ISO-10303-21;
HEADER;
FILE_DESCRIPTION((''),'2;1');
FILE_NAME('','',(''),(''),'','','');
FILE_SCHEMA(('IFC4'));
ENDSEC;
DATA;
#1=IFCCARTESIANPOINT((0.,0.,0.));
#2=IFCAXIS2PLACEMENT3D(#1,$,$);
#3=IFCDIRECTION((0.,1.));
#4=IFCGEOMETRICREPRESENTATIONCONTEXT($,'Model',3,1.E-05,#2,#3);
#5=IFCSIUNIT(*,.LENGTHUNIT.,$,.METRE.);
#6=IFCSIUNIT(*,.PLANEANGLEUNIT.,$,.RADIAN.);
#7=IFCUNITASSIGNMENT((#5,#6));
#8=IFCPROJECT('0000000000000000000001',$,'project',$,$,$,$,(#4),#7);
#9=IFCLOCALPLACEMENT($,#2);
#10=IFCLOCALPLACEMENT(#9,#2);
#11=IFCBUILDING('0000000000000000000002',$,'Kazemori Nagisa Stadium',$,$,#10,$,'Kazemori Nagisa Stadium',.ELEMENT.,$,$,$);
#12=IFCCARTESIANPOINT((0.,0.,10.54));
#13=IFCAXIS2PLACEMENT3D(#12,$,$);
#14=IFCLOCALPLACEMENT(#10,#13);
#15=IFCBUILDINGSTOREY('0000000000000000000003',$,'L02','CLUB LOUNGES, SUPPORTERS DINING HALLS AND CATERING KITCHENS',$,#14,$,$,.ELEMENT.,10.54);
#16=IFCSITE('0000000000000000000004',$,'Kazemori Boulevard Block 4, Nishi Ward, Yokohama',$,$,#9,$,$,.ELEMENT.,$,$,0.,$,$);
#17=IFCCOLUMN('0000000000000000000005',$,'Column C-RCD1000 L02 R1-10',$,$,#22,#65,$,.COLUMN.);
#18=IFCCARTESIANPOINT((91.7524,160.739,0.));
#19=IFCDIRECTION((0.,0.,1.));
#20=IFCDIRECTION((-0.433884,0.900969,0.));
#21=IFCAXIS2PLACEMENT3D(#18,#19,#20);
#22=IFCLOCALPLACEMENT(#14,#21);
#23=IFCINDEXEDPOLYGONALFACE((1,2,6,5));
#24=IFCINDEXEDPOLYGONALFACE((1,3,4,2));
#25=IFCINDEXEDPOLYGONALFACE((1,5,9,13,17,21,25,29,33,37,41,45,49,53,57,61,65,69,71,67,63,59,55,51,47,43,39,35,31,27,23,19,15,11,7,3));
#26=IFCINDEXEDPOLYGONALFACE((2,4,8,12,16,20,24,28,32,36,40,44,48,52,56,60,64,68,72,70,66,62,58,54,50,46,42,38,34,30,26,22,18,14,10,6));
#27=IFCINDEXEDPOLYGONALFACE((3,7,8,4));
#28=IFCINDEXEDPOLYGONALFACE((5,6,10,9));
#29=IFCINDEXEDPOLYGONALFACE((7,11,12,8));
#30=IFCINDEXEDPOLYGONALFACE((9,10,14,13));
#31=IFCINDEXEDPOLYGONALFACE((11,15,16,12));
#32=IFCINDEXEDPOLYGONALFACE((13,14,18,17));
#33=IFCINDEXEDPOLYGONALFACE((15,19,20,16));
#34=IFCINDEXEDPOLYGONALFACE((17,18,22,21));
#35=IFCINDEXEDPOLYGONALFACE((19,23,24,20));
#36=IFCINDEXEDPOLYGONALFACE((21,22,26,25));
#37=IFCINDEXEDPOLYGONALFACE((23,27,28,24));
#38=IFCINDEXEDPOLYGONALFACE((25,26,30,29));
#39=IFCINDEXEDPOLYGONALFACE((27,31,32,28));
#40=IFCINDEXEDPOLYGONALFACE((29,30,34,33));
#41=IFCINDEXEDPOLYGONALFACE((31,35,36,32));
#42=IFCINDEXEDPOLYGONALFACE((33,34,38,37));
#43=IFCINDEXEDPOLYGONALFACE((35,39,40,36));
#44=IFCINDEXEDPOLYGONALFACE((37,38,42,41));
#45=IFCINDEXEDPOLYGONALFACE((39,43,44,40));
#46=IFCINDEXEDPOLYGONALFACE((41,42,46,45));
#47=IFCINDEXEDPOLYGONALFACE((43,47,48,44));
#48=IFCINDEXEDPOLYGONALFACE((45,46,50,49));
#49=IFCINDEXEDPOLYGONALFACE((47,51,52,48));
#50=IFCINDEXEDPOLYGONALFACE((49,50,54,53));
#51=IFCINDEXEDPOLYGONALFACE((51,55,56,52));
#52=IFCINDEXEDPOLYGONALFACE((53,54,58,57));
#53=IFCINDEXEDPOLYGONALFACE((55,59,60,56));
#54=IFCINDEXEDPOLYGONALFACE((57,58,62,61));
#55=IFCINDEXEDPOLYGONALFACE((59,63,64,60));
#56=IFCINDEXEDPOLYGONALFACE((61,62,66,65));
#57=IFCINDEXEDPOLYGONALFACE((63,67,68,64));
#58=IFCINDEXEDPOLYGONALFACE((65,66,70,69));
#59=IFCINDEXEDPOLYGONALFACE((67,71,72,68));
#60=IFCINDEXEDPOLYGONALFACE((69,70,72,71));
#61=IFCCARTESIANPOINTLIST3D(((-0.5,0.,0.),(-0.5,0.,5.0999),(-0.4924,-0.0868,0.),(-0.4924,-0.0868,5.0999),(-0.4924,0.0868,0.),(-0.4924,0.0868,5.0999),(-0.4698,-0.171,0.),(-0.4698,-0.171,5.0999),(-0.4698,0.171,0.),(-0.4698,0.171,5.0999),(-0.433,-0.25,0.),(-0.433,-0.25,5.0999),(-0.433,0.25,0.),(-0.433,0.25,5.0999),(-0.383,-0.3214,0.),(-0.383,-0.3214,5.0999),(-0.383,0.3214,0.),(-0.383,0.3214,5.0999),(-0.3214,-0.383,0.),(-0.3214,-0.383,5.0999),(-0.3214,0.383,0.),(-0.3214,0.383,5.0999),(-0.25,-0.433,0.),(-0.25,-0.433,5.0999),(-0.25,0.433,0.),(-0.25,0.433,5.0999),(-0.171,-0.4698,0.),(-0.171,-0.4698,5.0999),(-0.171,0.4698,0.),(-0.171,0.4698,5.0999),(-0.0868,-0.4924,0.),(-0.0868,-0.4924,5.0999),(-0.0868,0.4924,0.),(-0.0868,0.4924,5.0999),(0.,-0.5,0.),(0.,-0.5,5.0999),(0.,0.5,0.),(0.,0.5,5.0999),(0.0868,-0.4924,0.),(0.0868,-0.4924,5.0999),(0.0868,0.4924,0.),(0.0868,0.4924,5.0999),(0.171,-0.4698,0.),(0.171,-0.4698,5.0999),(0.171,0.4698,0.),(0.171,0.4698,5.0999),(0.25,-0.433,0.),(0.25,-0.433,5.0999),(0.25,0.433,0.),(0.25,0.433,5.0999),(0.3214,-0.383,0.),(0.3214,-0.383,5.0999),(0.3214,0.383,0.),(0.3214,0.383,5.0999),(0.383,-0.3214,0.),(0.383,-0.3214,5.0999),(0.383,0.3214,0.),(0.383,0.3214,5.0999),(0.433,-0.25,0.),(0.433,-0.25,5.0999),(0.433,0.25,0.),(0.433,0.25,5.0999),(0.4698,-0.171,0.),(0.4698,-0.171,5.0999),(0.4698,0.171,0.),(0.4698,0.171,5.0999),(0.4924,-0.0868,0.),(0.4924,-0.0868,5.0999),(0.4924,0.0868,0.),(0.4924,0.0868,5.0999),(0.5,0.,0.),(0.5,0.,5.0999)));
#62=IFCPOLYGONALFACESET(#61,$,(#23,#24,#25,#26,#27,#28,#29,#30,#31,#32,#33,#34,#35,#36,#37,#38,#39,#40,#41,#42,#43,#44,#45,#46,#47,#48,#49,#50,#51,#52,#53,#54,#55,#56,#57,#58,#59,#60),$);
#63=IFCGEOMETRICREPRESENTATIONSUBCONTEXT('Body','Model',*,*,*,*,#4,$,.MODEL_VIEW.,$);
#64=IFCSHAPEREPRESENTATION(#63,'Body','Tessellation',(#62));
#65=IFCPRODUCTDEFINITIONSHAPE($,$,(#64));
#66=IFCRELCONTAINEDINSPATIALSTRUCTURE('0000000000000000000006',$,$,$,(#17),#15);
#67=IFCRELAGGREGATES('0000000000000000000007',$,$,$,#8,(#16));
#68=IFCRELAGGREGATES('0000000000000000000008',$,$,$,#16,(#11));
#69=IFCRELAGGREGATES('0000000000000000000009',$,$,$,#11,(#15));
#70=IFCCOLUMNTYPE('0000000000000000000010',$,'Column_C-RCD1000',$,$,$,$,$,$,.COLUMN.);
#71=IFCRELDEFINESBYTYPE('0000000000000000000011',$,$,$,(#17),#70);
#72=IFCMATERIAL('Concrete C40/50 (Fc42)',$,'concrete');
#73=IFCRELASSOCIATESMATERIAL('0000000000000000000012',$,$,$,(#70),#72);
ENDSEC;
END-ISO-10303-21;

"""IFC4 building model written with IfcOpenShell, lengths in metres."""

from ifc_helpers import new_model, si_unit, direction, frame, origin, origin_2d, place, context, subcontext, project, spatial, circle, extrude, material, material_profile, profile_set, type_object, element, save


model = new_model("IFC4")

# Units and contexts
model_context = context("Model", 3, precision=1e-05, world=origin(), true_north=direction((0.0, 1.0)))
body_context = subcontext(model_context, "Body", "Model", "MODEL_VIEW")
ifc_project = project(units=[si_unit("LENGTHUNIT", "METRE"), si_unit("PLANEANGLEUNIT", "RADIAN")], contexts=[model_context])

# Site, building, storey
site_placement = place(None, origin())
site = spatial("IfcSite", under=ifc_project, at=site_placement, Name="Kazemori Boulevard Block 4, Nishi Ward, Yokohama", CompositionType="ELEMENT", RefElevation=0.0)
building_placement = place(site_placement, origin())
building = spatial("IfcBuilding", under=site, at=building_placement, Name="Kazemori Nagisa Stadium", LongName="Kazemori Nagisa Stadium", CompositionType="ELEMENT")
storey_placement = place(building_placement, frame((0.0, 0.0, 10.54)))
storey = spatial("IfcBuildingStorey", under=building, at=storey_placement, Name="L02", Description="CLUB LOUNGES, SUPPORTERS DINING HALLS AND CATERING KITCHENS", CompositionType="ELEMENT", Elevation=10.54)

# Column
ifc_material_1 = material(Name="Concrete C40/50 (Fc42)", Category="concrete")
ifc_material_profile_1 = material_profile(ifc_material_1, circle(Radius=0.5, at=origin_2d()), Name="RC-COL-D1000")
ifc_profile_set_1 = profile_set([ifc_material_profile_1], Name="Concrete C40/50 (Fc42)")
column_type_1 = type_object("IfcColumnType", Name="Column_C-RCD1000", PredefinedType="COLUMN", material=ifc_profile_set_1)
column_1_placement = place(storey_placement, frame((91.7524, 160.739, 0.0), z_axis=(0.0, 0.0, 1.0), x_axis=(-0.433884, 0.900969, 0.0)))
element("IfcColumn", 1, at=column_1_placement, inside=storey, type_object=column_type_1, Name="Column C-RCD1000 L02 R1-10", PredefinedType="COLUMN", context=body_context, shape_type="SweptSolid", body=[
    extrude(circle(Radius=0.5, at=origin_2d()), origin(), (0.0, 0.0, 1.0), 5.0999),
])

save(model, "model.ifc")
